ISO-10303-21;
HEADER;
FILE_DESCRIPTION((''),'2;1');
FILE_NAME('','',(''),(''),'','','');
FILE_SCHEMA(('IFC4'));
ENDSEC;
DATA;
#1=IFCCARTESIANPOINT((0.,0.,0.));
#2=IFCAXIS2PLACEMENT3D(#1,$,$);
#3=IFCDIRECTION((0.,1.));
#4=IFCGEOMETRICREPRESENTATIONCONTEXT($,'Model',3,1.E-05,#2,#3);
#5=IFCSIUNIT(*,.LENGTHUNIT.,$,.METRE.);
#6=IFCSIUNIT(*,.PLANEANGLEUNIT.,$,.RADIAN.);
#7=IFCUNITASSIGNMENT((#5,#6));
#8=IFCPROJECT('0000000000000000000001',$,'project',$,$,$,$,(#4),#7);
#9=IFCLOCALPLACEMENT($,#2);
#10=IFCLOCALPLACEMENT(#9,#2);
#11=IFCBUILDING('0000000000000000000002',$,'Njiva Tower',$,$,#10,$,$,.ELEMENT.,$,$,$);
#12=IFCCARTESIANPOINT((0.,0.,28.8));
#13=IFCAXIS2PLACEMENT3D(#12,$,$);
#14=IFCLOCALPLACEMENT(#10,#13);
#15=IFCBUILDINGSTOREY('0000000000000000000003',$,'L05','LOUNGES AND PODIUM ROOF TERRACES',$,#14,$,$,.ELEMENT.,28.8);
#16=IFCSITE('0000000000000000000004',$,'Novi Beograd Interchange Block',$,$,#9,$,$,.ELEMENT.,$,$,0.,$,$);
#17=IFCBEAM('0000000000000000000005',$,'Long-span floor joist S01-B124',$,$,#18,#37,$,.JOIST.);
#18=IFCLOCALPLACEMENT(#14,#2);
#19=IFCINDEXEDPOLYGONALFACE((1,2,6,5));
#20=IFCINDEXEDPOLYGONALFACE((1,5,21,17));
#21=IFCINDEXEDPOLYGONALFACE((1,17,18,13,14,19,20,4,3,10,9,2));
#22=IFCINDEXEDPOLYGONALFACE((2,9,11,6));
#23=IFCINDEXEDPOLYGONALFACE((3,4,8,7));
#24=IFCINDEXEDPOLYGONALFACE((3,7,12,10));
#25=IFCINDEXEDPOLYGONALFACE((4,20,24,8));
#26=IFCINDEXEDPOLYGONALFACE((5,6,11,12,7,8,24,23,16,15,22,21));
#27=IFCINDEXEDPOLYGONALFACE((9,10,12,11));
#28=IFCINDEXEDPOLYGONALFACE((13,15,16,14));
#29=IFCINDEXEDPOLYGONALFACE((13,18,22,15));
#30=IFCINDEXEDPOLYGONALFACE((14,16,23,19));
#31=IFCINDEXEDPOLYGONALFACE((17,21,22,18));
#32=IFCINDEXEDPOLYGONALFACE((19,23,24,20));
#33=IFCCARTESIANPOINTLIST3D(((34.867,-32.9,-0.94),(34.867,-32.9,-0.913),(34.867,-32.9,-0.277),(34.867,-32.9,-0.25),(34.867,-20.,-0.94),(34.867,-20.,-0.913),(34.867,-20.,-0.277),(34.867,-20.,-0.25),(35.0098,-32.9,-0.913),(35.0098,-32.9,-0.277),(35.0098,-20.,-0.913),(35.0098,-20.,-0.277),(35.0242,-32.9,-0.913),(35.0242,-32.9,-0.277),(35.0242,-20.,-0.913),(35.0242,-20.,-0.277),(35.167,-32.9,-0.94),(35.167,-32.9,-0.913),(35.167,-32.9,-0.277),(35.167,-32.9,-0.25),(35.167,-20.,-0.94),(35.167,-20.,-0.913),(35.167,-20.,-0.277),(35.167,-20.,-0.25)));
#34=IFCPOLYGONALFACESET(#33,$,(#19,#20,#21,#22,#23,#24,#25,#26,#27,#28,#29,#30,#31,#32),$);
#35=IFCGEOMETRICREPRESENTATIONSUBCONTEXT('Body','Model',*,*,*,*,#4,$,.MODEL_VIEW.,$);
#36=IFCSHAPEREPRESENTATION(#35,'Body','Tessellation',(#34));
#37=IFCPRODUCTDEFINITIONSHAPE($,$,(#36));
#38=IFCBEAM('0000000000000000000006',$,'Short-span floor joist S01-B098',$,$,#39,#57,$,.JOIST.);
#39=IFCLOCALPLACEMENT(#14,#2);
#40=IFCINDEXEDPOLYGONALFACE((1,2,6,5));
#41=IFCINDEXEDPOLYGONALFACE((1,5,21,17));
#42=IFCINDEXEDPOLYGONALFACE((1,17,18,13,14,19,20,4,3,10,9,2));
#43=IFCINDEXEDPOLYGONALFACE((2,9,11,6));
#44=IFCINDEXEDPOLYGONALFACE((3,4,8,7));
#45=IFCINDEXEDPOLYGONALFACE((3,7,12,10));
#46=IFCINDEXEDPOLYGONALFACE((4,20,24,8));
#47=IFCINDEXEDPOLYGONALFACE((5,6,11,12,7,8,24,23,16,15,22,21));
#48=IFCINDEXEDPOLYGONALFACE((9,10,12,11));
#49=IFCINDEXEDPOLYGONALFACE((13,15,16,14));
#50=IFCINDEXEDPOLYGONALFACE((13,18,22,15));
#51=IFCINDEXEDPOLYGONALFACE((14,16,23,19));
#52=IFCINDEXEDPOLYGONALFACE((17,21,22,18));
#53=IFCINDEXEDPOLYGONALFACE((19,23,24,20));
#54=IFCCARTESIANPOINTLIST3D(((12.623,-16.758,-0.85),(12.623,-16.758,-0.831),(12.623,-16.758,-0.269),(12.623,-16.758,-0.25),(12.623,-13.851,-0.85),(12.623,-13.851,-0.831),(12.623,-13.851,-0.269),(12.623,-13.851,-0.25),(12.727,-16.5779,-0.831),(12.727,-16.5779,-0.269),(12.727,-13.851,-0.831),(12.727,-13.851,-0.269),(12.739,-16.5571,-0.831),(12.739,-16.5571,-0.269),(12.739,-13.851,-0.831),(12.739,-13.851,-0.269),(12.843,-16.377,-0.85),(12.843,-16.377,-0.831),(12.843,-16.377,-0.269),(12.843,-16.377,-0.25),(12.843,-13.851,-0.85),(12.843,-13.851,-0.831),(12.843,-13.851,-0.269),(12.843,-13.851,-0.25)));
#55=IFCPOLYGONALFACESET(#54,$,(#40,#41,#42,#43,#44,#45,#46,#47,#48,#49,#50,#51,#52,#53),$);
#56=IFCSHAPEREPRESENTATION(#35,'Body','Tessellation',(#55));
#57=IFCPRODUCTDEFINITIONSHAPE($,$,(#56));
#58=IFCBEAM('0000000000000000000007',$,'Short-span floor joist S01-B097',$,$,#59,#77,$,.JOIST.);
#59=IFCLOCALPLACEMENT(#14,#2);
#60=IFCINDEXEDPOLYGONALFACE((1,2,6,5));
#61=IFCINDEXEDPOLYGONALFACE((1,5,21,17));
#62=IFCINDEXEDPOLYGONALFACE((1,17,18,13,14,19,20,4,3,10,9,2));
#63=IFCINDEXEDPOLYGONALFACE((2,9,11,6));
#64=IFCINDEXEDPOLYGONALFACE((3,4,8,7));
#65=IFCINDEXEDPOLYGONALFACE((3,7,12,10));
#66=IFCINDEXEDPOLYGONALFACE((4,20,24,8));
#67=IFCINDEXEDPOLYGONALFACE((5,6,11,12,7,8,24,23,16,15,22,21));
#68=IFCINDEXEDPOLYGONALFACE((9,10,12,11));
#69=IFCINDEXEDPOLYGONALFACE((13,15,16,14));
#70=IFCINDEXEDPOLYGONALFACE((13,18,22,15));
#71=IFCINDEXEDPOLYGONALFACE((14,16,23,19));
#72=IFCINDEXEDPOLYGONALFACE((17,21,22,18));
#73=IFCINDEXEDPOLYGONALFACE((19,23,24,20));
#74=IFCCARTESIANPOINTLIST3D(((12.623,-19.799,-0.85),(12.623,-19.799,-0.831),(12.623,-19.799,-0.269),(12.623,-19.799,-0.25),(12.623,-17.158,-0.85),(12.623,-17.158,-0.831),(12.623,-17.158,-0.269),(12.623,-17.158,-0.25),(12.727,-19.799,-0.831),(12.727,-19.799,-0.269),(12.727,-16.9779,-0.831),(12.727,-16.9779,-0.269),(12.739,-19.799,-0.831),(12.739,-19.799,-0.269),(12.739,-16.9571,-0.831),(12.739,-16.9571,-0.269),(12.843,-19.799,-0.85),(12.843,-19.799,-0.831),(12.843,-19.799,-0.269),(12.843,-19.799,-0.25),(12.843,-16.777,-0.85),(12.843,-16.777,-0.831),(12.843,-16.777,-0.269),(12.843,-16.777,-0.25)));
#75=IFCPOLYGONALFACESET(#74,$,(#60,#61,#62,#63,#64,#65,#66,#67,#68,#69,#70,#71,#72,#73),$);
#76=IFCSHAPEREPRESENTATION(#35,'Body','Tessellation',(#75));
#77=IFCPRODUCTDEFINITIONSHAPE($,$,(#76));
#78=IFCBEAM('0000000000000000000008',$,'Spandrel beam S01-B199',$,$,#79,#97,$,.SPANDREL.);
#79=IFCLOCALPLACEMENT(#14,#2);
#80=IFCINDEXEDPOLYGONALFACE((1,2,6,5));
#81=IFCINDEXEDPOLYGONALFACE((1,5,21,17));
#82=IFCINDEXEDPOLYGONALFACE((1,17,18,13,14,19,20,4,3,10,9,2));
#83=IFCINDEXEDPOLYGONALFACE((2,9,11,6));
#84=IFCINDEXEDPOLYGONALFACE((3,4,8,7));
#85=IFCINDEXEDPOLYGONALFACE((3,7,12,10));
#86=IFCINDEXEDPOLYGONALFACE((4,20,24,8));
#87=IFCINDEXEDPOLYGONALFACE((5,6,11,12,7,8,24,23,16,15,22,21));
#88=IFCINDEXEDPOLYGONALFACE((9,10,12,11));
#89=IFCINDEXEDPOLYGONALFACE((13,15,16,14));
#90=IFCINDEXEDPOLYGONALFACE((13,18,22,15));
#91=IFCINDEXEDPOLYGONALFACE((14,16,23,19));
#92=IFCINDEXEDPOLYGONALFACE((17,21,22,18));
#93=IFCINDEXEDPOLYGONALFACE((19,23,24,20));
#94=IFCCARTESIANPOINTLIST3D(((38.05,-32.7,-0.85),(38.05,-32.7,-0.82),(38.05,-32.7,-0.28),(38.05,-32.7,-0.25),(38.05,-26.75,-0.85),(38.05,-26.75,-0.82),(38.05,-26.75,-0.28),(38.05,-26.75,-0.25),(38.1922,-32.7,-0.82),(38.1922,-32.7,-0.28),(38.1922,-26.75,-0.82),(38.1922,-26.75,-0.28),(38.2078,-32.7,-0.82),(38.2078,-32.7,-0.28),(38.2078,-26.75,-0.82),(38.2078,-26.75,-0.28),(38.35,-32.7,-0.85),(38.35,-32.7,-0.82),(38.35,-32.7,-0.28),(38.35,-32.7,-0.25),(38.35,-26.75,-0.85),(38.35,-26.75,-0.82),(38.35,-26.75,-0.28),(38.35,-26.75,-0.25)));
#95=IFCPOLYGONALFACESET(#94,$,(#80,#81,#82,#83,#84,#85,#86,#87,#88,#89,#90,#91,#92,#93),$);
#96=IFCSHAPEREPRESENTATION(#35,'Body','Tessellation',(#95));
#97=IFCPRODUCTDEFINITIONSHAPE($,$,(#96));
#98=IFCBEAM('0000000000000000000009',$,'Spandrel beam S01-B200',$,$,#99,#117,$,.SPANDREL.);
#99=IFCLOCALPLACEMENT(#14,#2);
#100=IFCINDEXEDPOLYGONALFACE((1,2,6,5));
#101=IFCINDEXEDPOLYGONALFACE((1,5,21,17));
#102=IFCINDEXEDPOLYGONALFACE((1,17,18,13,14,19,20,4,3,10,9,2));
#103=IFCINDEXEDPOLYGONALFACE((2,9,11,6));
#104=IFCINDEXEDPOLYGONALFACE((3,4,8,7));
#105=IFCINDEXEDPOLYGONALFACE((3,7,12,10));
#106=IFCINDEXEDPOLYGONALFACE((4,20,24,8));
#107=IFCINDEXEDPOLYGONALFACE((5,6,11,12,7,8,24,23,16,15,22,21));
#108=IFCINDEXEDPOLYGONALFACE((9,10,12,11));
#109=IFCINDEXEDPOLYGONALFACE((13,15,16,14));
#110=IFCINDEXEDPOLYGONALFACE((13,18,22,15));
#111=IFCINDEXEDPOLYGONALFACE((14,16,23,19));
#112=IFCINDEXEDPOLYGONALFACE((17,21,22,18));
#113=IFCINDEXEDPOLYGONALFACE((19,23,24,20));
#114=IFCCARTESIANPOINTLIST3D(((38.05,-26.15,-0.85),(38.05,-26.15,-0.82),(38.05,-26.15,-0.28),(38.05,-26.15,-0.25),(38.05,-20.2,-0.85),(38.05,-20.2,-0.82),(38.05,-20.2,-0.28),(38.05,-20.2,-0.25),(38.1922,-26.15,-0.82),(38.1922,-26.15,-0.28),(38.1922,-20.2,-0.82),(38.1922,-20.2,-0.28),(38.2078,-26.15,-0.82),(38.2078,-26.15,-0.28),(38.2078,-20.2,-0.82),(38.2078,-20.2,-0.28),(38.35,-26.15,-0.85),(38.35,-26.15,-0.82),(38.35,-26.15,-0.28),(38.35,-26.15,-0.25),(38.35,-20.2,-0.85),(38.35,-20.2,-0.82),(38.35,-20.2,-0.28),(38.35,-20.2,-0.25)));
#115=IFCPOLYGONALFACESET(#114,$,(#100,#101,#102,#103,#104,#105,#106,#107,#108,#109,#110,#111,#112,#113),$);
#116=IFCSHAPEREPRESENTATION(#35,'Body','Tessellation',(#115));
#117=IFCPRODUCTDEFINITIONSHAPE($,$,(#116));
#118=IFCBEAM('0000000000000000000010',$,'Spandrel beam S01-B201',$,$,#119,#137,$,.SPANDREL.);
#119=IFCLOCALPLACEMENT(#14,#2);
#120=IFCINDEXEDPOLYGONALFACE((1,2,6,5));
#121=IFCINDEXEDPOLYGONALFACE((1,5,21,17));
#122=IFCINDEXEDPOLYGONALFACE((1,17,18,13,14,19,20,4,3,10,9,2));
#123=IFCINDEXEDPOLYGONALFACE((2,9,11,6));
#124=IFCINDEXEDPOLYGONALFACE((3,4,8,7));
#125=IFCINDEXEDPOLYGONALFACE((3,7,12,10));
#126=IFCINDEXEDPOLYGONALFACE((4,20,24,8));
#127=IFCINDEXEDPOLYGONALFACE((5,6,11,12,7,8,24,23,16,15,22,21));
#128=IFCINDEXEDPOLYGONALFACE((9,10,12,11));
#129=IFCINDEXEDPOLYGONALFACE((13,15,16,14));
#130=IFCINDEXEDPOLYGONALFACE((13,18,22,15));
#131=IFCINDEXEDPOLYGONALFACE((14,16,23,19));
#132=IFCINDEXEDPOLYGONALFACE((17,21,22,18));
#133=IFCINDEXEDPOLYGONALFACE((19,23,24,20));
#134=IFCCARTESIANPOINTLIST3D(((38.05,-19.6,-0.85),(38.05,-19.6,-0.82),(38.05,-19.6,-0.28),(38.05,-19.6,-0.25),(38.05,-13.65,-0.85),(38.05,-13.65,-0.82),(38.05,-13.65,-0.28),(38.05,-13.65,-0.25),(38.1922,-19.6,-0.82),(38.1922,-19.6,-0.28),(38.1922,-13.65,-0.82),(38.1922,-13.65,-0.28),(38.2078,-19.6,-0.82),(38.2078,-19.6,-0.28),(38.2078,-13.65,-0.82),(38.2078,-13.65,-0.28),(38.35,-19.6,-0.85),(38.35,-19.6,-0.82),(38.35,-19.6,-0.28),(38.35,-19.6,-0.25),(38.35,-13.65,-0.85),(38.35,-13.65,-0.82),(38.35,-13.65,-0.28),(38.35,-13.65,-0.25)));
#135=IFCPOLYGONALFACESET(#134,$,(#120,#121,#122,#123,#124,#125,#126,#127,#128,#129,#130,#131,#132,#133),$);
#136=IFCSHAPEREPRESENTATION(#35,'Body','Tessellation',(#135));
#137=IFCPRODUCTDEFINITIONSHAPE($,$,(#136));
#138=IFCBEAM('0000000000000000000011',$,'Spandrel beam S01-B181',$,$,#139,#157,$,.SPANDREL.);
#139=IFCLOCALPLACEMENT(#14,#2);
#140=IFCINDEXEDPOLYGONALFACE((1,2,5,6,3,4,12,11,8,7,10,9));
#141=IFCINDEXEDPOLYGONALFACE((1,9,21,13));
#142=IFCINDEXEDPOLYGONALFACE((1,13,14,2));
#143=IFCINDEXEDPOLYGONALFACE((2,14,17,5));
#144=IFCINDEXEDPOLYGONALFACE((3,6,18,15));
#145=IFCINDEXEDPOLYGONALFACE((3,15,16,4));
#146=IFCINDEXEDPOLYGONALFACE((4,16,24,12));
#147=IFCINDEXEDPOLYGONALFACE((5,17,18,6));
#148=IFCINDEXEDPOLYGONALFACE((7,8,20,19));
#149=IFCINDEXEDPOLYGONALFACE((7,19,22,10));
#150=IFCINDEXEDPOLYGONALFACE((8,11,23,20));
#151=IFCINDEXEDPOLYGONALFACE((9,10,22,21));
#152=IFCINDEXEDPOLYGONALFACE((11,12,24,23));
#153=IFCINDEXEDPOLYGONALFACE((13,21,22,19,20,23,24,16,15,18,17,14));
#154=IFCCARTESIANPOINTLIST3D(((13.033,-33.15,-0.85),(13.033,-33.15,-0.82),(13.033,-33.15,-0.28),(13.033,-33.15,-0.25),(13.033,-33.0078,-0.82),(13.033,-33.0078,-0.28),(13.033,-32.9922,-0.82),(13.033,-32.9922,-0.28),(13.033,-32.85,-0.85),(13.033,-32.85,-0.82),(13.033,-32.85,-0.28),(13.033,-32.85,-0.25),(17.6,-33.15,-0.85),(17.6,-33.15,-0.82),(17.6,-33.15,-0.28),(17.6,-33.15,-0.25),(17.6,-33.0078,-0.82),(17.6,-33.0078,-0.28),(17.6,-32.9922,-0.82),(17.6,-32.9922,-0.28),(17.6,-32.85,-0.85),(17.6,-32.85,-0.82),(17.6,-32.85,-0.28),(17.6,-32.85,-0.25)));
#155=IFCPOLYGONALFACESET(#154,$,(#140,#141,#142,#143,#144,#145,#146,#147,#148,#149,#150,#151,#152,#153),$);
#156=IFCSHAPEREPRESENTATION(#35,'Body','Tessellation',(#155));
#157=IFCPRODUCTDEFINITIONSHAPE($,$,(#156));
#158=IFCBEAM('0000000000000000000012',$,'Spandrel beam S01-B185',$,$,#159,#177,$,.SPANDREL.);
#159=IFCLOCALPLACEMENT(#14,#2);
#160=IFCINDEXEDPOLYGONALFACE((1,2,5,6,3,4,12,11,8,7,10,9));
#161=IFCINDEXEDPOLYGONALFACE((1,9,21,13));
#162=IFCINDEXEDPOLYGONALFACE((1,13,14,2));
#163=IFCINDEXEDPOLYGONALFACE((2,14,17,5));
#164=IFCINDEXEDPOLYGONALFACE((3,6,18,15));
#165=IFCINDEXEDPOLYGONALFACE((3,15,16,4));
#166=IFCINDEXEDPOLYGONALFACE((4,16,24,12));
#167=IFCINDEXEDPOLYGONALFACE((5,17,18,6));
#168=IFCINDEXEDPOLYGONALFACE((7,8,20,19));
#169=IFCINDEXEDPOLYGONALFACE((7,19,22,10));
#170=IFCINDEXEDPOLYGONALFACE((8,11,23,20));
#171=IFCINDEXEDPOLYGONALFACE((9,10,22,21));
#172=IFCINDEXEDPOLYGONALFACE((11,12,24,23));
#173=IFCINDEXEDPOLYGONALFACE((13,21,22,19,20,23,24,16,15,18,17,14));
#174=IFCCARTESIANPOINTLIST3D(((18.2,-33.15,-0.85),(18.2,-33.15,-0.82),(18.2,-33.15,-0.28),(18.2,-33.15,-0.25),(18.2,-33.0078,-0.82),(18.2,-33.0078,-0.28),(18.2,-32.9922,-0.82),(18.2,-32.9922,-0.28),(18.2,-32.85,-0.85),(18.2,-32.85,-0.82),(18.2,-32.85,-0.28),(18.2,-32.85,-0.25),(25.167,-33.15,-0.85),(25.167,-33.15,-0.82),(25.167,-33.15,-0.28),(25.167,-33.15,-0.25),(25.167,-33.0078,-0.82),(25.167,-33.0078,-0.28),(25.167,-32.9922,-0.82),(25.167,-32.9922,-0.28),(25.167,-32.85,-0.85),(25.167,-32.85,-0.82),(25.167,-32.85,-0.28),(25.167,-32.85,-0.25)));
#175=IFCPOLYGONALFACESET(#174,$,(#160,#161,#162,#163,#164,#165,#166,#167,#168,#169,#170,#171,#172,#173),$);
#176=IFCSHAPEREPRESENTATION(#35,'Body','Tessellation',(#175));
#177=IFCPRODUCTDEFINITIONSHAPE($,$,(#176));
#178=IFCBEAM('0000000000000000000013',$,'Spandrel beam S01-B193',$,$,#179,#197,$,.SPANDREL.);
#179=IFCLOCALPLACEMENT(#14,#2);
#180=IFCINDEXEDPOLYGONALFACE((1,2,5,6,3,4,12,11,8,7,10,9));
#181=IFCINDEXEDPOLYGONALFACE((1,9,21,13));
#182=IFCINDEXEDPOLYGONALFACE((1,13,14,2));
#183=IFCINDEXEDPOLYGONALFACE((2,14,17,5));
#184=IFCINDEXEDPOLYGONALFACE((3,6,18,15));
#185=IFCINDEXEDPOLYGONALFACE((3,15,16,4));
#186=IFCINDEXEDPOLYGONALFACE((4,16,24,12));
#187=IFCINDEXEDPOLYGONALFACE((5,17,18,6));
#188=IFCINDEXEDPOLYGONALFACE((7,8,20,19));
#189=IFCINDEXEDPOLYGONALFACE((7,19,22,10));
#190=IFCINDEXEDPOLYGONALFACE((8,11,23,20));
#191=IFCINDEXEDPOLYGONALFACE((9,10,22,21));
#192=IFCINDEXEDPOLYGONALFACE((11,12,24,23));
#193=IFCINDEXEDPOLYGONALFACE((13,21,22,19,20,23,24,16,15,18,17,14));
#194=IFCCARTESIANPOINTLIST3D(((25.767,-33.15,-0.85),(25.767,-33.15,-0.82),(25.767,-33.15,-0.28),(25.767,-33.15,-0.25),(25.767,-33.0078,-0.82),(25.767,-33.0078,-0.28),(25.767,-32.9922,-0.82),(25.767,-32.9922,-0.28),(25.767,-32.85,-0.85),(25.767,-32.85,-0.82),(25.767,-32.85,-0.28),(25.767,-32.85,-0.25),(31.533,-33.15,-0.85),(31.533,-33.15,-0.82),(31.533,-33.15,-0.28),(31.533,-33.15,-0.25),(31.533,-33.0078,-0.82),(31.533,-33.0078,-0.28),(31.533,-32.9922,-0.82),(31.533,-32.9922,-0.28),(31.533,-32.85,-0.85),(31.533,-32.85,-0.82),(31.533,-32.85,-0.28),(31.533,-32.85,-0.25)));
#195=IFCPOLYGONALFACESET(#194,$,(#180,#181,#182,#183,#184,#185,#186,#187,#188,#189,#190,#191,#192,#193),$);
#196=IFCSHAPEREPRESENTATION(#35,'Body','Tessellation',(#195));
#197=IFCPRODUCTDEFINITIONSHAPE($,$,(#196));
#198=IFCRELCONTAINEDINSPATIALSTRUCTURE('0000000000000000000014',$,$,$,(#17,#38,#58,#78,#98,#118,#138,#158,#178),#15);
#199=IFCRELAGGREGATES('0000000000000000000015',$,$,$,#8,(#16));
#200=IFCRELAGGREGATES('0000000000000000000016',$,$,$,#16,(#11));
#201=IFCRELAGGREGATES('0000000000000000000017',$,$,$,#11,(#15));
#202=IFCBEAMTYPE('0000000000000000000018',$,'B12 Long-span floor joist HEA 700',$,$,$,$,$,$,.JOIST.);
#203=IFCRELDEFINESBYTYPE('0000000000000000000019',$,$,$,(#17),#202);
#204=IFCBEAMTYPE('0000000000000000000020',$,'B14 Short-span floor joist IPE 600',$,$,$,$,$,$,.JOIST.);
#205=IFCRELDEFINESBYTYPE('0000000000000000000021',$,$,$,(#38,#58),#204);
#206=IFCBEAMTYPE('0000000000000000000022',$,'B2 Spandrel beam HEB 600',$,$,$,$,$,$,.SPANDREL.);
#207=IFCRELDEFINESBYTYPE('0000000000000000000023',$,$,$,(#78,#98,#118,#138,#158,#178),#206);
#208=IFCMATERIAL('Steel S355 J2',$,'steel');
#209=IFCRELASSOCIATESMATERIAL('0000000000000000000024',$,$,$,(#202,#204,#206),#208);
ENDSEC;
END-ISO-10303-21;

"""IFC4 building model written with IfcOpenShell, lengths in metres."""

from ifc_helpers import new_model, si_unit, direction, frame, origin, origin_2d, place, context, subcontext, project, spatial, i_section, extrude, clip, halfspace, material, material_profile, profile_set, type_object, element, save


model = new_model("IFC4")

# Units and contexts
model_context = context("Model", 3, precision=1e-05, world=origin(), true_north=direction((0.0, 1.0)))
body_context = subcontext(model_context, "Body", "Model", "MODEL_VIEW")
ifc_project = project(units=[si_unit("LENGTHUNIT", "METRE"), si_unit("PLANEANGLEUNIT", "RADIAN")], contexts=[model_context])

# Site, building, storey
site_placement = place(None, origin())
site = spatial("IfcSite", under=ifc_project, at=site_placement, Name="Novi Beograd Interchange Block", CompositionType="ELEMENT", RefElevation=0.0)
building_placement = place(site_placement, origin())
building = spatial("IfcBuilding", under=site, at=building_placement, Name="Njiva Tower", CompositionType="ELEMENT")
storey_placement = place(building_placement, frame((0.0, 0.0, 28.8)))
storey = spatial("IfcBuildingStorey", under=building, at=storey_placement, Name="L05", Description="LOUNGES AND PODIUM ROOF TERRACES", CompositionType="ELEMENT", Elevation=28.8)

# Shared definitions
ifc_material_1 = material(Name="Steel S355 J2", Category="steel")

# Beams
ifc_material_profile_1 = material_profile(ifc_material_1, i_section(OverallWidth=0.3, OverallDepth=0.69, WebThickness=0.0145, FlangeThickness=0.027, at=origin_2d()), Name="HEA 700")
ifc_profile_set_1 = profile_set([ifc_material_profile_1], Name="Steel S355 J2")
beam_type_1 = type_object("IfcBeamType", Name="B12 Long-span floor joist HEA 700", PredefinedType="JOIST", material=ifc_profile_set_1)
beam_1_placement = place(storey_placement, frame((35.017, -20.0, -0.595), z_axis=(0.0, -1.0, 0.0), x_axis=(1.0, 0.0, 0.0)))
element("IfcBeam", 1, at=beam_1_placement, inside=storey, type_object=beam_type_1, Name="Long-span floor joist S01-B124", PredefinedType="JOIST", context=body_context, shape_type="SweptSolid", body=[
    extrude(i_section(OverallWidth=0.3, OverallDepth=0.69, WebThickness=0.0145, FlangeThickness=0.027, at=origin_2d()), origin(), (0.0, 0.0, 1.0), 12.9),
])
ifc_material_profile_2 = material_profile(ifc_material_1, i_section(OverallWidth=0.22, OverallDepth=0.6, WebThickness=0.012, FlangeThickness=0.019, at=origin_2d()), Name="IPE 600")
ifc_profile_set_2 = profile_set([ifc_material_profile_2], Name="Steel S355 J2")
beam_type_2 = type_object("IfcBeamType", Name="B14 Short-span floor joist IPE 600", PredefinedType="JOIST", material=ifc_profile_set_2)
beam_2_placement = place(storey_placement, frame((12.733, -13.851, -0.55), z_axis=(0.0, -1.0, 0.0), x_axis=(1.0, 0.0, 0.0)))
element("IfcBeam", 2, at=beam_2_placement, inside=storey, type_object=beam_type_2, Name="Short-span floor joist S01-B098", PredefinedType="JOIST", context=body_context, shape_type="Clipping", body=[
    clip(extrude(i_section(OverallWidth=0.22, OverallDepth=0.6, WebThickness=0.012, FlangeThickness=0.019, at=origin_2d()), origin(), (0.0, 0.0, 1.0), 2.927), halfspace(frame((0.0436, 0.0, 2.641), z_axis=(0.866027, 0.0, 0.499998), x_axis=(0.0, 1.0, 0.0)), False)),
])
beam_3_placement = place(storey_placement, frame((12.733, -16.756, -0.55), z_axis=(0.0, -1.0, 0.0), x_axis=(1.0, 0.0, 0.0)))
element("IfcBeam", 3, at=beam_3_placement, inside=storey, type_object=beam_type_2, Name="Short-span floor joist S01-B097", PredefinedType="JOIST", context=body_context, shape_type="Clipping", body=[
    clip(extrude(i_section(OverallWidth=0.22, OverallDepth=0.6, WebThickness=0.012, FlangeThickness=0.019, at=origin_2d()), origin(), (0.0, 0.0, 1.0), 3.043), halfspace(frame((-0.043, 0.0, 0.286), z_axis=(-0.866027, 0.0, -0.499998), x_axis=(0.0, -1.0, 0.0)), False)),
])
ifc_material_profile_3 = material_profile(ifc_material_1, i_section(OverallWidth=0.3, OverallDepth=0.6, WebThickness=0.0155, FlangeThickness=0.03, at=origin_2d()), Name="HEB 600")
ifc_profile_set_3 = profile_set([ifc_material_profile_3], Name="Steel S355 J2")
beam_type_3 = type_object("IfcBeamType", Name="B2 Spandrel beam HEB 600", PredefinedType="SPANDREL", material=ifc_profile_set_3)
for number, where, z_axis, x_axis, name in (
    (4, (38.2, -32.7, -0.55), (0.0, 1.0, 0.0), (-1.0, 0.0, 0.0), "Spandrel beam S01-B199"),
    (5, (38.2, -26.15, -0.55), (0.0, 1.0, 0.0), (-1.0, 0.0, 0.0), "Spandrel beam S01-B200"),
    (6, (38.2, -19.6, -0.55), (0.0, 1.0, 0.0), (-1.0, 0.0, 0.0), "Spandrel beam S01-B201"),
):
    element("IfcBeam", number, at=place(storey_placement, frame(where, z_axis=z_axis, x_axis=x_axis)), inside=storey, type_object=beam_type_3, Name=name, PredefinedType="SPANDREL", context=body_context, shape_type="SweptSolid", body=[
        extrude(i_section(OverallWidth=0.3, OverallDepth=0.6, WebThickness=0.0155, FlangeThickness=0.03, at=origin_2d()), origin(), (0.0, 0.0, 1.0), 5.95),
    ])
beam_4_placement = place(storey_placement, frame((13.033, -33.0, -0.55), z_axis=(1.0, 0.0, 0.0), x_axis=(0.0, 1.0, 0.0)))
element("IfcBeam", 7, at=beam_4_placement, inside=storey, type_object=beam_type_3, Name="Spandrel beam S01-B181", PredefinedType="SPANDREL", context=body_context, shape_type="SweptSolid", body=[
    extrude(i_section(OverallWidth=0.3, OverallDepth=0.6, WebThickness=0.0155, FlangeThickness=0.03, at=origin_2d()), origin(), (0.0, 0.0, 1.0), 4.567),
])
beam_5_placement = place(storey_placement, frame((18.2, -33.0, -0.55), z_axis=(1.0, 0.0, 0.0), x_axis=(0.0, 1.0, 0.0)))
element("IfcBeam", 8, at=beam_5_placement, inside=storey, type_object=beam_type_3, Name="Spandrel beam S01-B185", PredefinedType="SPANDREL", context=body_context, shape_type="SweptSolid", body=[
    extrude(i_section(OverallWidth=0.3, OverallDepth=0.6, WebThickness=0.0155, FlangeThickness=0.03, at=origin_2d()), origin(), (0.0, 0.0, 1.0), 6.967),
])
beam_6_placement = place(storey_placement, frame((25.767, -33.0, -0.55), z_axis=(1.0, 0.0, 0.0), x_axis=(0.0, 1.0, 0.0)))
element("IfcBeam", 9, at=beam_6_placement, inside=storey, type_object=beam_type_3, Name="Spandrel beam S01-B193", PredefinedType="SPANDREL", context=body_context, shape_type="SweptSolid", body=[
    extrude(i_section(OverallWidth=0.3, OverallDepth=0.6, WebThickness=0.0155, FlangeThickness=0.03, at=origin_2d()), origin(), (0.0, 0.0, 1.0), 5.766),
])

save(model, "model.ifc")
